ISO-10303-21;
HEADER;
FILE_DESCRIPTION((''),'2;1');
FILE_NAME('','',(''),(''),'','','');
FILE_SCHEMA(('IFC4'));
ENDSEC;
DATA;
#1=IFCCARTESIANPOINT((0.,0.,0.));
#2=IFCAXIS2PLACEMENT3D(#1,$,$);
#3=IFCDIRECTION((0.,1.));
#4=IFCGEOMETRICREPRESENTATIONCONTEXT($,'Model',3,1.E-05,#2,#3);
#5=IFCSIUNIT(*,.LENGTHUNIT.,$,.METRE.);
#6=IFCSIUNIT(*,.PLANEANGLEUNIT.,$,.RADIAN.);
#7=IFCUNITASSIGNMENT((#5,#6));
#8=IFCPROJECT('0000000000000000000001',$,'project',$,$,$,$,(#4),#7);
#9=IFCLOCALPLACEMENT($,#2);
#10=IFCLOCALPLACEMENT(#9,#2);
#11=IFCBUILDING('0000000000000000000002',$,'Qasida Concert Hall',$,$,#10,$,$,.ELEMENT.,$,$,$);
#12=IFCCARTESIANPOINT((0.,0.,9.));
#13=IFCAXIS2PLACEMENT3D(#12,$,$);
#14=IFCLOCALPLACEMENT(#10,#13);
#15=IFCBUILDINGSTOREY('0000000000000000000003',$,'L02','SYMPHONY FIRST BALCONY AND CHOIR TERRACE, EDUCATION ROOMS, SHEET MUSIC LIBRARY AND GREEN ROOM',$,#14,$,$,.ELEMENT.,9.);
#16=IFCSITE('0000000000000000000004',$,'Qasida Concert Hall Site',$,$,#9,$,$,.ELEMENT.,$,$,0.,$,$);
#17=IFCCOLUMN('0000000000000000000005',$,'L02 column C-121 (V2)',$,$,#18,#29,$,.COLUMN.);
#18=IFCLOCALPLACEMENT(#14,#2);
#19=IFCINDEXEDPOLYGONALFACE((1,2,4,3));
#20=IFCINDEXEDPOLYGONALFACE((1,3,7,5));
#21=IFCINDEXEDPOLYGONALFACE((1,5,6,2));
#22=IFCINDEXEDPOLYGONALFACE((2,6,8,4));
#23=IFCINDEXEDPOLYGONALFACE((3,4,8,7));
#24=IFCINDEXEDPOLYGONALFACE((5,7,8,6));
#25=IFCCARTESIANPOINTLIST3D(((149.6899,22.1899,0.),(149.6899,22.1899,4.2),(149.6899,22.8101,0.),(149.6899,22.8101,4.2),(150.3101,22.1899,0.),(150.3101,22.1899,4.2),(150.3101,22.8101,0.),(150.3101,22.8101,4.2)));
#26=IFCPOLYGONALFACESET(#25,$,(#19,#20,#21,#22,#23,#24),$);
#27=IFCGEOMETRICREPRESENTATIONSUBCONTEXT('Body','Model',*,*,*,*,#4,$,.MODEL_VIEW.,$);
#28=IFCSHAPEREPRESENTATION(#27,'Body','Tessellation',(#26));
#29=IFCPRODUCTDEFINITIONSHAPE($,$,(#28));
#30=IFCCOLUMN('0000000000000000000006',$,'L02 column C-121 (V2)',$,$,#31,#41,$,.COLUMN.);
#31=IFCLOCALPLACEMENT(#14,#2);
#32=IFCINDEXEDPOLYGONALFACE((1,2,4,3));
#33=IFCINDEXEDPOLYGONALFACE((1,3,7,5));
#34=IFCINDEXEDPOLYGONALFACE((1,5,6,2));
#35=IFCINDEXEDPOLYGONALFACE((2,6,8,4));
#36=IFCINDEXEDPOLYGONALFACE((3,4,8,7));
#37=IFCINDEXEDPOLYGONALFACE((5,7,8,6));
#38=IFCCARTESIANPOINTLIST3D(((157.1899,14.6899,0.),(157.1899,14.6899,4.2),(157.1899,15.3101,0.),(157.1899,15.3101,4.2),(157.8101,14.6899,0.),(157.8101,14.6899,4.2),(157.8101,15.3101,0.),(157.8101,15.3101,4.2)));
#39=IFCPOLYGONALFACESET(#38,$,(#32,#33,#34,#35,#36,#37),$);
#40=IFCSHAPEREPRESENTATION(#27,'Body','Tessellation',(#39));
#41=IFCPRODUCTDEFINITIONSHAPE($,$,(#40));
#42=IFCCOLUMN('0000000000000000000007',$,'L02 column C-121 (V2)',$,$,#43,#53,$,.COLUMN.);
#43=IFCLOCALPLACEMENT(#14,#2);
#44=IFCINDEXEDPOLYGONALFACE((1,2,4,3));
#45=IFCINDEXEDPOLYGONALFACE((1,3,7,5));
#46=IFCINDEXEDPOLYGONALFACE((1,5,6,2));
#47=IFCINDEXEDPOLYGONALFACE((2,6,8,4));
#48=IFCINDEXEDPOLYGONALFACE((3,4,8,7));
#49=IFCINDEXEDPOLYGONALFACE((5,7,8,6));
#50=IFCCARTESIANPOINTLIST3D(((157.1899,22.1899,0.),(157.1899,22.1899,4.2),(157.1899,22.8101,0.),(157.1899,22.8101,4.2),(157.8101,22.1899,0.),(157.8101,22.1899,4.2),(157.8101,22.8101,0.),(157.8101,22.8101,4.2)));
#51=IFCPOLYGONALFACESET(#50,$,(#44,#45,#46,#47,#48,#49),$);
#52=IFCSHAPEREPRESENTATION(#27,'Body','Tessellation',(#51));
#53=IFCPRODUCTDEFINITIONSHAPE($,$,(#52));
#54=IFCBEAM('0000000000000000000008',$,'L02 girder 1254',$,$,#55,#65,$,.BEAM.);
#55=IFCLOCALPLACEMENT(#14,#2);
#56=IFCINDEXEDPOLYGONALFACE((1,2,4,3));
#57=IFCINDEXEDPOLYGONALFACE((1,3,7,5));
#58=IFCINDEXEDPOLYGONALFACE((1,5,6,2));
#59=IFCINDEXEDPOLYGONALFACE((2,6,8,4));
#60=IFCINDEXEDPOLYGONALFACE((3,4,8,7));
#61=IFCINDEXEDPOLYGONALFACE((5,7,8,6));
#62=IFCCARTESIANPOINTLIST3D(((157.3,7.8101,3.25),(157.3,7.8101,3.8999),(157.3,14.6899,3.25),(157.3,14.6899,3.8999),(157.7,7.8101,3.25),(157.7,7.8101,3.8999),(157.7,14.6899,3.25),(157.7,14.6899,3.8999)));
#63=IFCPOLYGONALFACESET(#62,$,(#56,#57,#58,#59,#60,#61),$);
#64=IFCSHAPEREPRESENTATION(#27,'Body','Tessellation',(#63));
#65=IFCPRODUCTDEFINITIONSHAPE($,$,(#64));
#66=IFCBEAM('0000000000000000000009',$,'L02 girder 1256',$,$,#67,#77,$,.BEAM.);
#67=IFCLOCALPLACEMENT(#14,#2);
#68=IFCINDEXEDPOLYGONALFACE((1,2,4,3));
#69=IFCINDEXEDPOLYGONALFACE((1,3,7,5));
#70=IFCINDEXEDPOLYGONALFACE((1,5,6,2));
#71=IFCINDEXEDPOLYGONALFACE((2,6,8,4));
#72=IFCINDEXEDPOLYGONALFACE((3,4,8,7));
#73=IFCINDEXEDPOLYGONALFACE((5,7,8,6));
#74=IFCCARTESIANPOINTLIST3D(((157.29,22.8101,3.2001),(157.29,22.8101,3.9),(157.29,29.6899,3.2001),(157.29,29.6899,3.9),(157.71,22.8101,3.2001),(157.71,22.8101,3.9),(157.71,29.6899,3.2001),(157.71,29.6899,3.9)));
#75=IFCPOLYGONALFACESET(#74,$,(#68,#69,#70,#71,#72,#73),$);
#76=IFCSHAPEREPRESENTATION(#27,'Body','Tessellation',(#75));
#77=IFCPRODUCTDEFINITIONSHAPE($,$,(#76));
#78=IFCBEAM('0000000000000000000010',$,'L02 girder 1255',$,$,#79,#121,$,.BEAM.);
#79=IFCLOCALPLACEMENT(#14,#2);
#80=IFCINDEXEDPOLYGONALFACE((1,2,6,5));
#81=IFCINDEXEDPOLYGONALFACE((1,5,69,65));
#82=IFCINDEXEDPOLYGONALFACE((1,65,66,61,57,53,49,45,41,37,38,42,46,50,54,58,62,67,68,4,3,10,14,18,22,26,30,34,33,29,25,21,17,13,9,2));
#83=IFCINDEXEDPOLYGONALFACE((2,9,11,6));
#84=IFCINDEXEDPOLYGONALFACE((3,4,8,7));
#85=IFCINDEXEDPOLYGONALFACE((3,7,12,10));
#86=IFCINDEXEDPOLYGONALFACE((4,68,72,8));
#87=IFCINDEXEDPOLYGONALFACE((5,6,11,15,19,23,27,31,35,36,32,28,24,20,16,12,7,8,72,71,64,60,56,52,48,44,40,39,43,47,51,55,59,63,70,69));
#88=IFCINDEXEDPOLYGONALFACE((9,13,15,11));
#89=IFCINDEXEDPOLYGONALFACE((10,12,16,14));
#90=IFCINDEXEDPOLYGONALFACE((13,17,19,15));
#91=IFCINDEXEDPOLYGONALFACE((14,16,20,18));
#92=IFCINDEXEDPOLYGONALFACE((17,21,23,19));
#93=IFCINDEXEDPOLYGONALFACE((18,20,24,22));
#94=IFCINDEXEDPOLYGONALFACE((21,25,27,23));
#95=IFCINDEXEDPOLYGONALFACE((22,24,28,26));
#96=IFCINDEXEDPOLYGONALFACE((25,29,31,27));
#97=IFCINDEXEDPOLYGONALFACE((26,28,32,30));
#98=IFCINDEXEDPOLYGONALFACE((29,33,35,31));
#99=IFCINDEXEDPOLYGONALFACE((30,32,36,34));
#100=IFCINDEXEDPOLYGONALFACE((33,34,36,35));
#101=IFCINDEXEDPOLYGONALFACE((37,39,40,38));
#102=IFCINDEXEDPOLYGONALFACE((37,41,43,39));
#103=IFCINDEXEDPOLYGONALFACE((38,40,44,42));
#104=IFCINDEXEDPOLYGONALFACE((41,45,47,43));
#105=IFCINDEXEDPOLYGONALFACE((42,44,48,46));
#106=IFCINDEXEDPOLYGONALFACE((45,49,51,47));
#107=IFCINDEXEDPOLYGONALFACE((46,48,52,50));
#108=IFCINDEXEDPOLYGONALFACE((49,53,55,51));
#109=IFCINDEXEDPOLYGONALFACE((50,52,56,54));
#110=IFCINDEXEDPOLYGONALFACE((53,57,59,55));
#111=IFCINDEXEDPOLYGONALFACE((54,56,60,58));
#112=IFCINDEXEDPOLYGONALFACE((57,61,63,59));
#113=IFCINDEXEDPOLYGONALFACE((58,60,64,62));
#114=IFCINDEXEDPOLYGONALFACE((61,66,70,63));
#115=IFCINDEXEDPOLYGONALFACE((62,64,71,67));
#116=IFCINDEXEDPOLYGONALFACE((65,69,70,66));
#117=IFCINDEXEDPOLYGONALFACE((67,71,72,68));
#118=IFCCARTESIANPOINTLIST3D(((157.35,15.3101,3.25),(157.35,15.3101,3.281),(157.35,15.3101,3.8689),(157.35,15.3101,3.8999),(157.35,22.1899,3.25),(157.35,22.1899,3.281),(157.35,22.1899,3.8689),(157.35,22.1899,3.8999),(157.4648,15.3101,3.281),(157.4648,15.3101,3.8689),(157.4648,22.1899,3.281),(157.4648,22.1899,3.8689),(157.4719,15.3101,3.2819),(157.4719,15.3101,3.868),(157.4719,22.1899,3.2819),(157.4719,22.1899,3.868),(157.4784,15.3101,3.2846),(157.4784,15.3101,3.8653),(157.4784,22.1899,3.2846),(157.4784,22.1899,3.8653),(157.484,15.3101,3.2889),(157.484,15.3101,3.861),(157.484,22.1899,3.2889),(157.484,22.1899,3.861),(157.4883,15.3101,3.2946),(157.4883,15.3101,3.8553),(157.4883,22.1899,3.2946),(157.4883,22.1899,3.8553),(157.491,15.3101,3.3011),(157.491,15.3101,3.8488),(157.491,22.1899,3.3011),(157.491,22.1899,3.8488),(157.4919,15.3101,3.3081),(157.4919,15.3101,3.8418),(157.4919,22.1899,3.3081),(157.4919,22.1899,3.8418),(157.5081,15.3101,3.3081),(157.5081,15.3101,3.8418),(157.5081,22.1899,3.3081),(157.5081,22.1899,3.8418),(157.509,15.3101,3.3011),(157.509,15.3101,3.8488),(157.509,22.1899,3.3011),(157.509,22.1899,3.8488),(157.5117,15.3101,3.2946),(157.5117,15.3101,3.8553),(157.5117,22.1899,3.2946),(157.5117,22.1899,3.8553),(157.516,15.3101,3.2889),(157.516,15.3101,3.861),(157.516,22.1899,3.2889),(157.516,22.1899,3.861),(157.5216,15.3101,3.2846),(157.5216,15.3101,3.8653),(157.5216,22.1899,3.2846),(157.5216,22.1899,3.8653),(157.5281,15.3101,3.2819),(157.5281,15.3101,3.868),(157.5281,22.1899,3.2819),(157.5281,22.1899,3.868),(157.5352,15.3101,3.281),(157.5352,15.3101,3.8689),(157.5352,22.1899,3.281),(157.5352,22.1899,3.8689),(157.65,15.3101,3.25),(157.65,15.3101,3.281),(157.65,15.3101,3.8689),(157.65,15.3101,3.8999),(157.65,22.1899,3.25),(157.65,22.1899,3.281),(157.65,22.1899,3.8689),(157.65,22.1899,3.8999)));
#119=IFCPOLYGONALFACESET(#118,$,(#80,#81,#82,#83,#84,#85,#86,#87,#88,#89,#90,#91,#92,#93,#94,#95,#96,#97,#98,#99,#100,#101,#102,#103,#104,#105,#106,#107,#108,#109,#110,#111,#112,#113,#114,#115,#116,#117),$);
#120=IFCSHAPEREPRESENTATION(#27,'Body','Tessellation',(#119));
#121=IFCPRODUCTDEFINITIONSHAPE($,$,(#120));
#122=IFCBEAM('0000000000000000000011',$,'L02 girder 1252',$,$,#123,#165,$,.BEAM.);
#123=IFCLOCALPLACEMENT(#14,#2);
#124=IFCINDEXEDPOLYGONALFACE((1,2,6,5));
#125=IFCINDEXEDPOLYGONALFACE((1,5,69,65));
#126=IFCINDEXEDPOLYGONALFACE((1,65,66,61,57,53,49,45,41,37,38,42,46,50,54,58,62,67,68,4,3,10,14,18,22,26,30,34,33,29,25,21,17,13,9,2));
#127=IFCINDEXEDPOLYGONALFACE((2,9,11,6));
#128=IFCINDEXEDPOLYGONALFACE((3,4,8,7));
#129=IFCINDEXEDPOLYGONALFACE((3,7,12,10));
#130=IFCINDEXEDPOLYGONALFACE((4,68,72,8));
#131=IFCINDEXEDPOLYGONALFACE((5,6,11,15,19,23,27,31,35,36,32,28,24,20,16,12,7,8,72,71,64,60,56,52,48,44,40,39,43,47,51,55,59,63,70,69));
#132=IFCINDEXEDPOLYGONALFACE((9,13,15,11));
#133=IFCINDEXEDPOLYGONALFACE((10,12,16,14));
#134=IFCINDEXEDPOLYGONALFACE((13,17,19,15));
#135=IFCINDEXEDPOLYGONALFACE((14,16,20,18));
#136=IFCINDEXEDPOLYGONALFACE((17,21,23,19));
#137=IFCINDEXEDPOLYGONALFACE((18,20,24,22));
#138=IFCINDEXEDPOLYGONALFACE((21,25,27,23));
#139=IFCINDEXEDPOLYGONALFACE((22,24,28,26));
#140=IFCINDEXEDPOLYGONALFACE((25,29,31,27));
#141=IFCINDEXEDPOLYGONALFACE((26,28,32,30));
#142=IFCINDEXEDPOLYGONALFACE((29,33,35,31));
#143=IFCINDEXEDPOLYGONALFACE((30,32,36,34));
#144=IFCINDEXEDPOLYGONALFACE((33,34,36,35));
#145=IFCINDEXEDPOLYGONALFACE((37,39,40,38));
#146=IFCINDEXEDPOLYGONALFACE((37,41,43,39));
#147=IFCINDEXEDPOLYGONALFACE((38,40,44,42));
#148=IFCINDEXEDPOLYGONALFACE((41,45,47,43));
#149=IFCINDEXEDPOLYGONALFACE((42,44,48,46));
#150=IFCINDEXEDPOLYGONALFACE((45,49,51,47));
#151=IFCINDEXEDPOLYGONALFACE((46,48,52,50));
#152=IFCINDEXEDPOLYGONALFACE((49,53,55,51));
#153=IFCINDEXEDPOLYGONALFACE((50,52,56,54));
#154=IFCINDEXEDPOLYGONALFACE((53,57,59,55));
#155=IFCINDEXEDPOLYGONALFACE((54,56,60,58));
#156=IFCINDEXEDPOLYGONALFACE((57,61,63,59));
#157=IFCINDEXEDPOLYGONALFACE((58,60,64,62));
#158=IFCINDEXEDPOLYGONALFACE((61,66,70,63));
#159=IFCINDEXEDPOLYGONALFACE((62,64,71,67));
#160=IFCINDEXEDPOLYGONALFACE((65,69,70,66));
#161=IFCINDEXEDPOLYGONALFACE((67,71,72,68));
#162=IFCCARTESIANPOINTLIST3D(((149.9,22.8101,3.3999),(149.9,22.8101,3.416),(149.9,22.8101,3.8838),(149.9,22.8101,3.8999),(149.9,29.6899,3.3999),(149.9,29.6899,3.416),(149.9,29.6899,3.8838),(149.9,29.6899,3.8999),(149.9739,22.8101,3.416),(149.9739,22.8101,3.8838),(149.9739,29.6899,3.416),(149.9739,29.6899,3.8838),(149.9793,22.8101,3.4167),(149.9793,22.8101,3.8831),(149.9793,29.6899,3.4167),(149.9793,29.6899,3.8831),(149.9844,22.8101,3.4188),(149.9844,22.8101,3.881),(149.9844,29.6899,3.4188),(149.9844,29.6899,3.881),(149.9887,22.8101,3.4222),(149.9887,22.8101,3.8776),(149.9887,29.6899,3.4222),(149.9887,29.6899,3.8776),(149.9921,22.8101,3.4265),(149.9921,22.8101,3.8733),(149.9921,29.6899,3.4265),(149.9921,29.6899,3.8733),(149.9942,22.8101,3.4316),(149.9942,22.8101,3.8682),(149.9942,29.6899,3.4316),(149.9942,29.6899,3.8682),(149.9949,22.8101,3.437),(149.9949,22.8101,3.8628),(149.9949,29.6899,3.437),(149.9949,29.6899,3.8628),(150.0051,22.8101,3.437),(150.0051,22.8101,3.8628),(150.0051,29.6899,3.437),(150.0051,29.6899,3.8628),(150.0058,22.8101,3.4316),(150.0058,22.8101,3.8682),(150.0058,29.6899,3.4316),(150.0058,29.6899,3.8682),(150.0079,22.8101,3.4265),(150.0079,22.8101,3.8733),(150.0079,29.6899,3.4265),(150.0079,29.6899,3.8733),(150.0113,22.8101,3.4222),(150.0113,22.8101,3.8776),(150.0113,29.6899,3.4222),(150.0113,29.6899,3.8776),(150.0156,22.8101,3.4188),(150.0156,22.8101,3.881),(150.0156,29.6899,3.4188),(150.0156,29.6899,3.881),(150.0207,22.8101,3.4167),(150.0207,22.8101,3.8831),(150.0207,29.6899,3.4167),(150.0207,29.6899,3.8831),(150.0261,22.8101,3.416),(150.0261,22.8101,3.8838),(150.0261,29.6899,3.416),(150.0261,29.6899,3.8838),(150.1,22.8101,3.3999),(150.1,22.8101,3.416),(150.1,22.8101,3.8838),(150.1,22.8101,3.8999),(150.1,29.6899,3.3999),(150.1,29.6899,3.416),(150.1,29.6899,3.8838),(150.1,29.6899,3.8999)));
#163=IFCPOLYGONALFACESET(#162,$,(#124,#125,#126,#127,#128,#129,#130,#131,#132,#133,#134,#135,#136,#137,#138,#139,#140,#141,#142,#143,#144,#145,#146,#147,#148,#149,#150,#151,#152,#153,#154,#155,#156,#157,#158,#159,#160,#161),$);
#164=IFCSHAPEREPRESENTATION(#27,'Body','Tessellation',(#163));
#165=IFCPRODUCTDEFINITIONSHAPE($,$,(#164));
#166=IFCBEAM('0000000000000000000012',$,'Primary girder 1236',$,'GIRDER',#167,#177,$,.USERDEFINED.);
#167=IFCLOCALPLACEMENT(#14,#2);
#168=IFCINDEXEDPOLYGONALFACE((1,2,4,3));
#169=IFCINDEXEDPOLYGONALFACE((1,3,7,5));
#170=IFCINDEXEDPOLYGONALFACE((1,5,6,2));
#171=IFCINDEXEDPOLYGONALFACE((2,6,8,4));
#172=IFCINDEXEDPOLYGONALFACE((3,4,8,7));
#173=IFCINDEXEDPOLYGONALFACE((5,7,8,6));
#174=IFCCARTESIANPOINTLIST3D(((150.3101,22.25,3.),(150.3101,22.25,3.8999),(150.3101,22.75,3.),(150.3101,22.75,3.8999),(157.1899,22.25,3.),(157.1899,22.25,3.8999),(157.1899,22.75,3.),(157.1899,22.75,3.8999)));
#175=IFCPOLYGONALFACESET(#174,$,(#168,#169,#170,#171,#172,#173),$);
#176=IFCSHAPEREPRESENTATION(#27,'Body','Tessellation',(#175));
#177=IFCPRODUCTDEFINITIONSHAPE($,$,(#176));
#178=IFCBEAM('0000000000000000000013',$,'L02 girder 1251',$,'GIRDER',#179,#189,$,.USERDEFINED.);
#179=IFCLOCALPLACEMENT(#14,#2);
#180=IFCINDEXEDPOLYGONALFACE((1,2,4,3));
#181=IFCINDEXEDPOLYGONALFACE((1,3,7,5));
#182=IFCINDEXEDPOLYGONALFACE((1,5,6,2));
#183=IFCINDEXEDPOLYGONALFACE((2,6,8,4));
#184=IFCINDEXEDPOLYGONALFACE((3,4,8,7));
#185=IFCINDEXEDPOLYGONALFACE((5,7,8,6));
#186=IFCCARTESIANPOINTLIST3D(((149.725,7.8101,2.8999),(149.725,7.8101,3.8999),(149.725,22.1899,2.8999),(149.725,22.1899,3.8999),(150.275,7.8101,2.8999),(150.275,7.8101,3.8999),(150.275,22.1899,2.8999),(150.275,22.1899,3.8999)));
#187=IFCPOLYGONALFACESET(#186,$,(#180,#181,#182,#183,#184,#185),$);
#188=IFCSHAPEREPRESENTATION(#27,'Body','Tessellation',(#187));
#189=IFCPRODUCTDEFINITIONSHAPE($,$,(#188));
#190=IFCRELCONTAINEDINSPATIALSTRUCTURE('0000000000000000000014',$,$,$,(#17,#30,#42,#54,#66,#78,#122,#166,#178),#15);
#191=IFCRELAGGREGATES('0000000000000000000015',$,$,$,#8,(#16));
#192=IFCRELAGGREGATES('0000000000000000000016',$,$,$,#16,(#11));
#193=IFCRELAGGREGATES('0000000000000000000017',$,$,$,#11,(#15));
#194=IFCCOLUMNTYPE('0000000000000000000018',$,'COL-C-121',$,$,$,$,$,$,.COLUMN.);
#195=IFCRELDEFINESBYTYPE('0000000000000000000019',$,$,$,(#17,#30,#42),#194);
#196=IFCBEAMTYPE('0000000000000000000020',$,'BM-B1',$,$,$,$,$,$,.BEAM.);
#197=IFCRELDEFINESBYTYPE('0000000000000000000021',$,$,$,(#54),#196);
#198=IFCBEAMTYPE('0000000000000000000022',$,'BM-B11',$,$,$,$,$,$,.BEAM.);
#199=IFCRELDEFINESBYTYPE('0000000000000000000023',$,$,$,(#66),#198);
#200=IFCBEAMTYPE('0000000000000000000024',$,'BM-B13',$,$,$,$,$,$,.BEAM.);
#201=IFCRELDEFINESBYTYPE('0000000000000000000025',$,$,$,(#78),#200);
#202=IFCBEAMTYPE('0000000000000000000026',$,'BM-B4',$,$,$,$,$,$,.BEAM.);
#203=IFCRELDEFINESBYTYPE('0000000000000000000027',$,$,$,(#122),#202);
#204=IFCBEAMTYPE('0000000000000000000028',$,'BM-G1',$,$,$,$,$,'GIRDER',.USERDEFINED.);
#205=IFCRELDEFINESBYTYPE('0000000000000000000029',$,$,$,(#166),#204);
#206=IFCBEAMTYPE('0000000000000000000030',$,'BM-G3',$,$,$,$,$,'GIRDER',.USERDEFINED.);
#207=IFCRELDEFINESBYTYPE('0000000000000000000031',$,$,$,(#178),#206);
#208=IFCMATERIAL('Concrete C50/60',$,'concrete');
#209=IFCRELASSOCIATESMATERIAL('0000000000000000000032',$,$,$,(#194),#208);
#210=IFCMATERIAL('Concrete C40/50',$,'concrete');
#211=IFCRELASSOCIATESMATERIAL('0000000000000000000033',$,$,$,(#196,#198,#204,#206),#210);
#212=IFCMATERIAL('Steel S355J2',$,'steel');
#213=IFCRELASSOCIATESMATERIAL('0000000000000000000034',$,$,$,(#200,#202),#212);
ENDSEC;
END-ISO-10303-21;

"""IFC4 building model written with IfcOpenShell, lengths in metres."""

from ifc_helpers import new_model, si_unit, direction, frame, origin, origin_2d, place, context, subcontext, project, spatial, rectangle, i_section, extrude, material, material_profile, profile_set, type_object, element, save


model = new_model("IFC4")

# Units and contexts
model_context = context("Model", 3, precision=1e-05, world=origin(), true_north=direction((0.0, 1.0)))
body_context = subcontext(model_context, "Body", "Model", "MODEL_VIEW")
ifc_project = project(units=[si_unit("LENGTHUNIT", "METRE"), si_unit("PLANEANGLEUNIT", "RADIAN")], contexts=[model_context])

# Site, building, storey
site_placement = place(None, origin())
site = spatial("IfcSite", under=ifc_project, at=site_placement, Name="Qasida Concert Hall Site", CompositionType="ELEMENT", RefElevation=0.0)
building_placement = place(site_placement, origin())
building = spatial("IfcBuilding", under=site, at=building_placement, Name="Qasida Concert Hall", CompositionType="ELEMENT")
storey_placement = place(building_placement, frame((0.0, 0.0, 9.0)))
storey = spatial("IfcBuildingStorey", under=building, at=storey_placement, Name="L02", Description="SYMPHONY FIRST BALCONY AND CHOIR TERRACE, EDUCATION ROOMS, SHEET MUSIC LIBRARY AND GREEN ROOM", CompositionType="ELEMENT", Elevation=9.0)

# Columns
ifc_material_1 = material(Name="Concrete C50/60", Category="concrete")
ifc_material_profile_1 = material_profile(ifc_material_1, rectangle(XDim=0.6201, YDim=0.6201, at=origin_2d()), Name="RC 620x620")
ifc_profile_set_1 = profile_set([ifc_material_profile_1], Name="Concrete C50/60")
column_type = type_object("IfcColumnType", Name="COL-C-121", PredefinedType="COLUMN", material=ifc_profile_set_1)
for number, where, z_axis, x_axis, name in (
    (1, (150.0, 22.5, 0.0), (0.0, 0.0, 1.0), (1.0, 0.0, 0.0), "L02 column C-121 (V2)"),
    (2, (157.5, 15.0, 0.0), (0.0, 0.0, 1.0), (1.0, 0.0, 0.0), "L02 column C-121 (V2)"),
    (3, (157.5, 22.5, 0.0), (0.0, 0.0, 1.0), (1.0, 0.0, 0.0), "L02 column C-121 (V2)"),
):
    element("IfcColumn", number, at=place(storey_placement, frame(where, z_axis=z_axis, x_axis=x_axis)), inside=storey, type_object=column_type, Name=name, PredefinedType="COLUMN", context=body_context, shape_type="SweptSolid", body=[
        extrude(rectangle(XDim=0.6201, YDim=0.6201, at=origin_2d()), origin(), (0.0, 0.0, 1.0), 4.2),
    ])

# Beams
ifc_material_2 = material(Name="Concrete C40/50", Category="concrete")
ifc_material_profile_2 = material_profile(ifc_material_2, rectangle(XDim=0.3999, YDim=0.6499, at=origin_2d()), Name="RC 400x650")
ifc_profile_set_2 = profile_set([ifc_material_profile_2], Name="Concrete C40/50")
beam_type_1 = type_object("IfcBeamType", Name="BM-B1", PredefinedType="BEAM", material=ifc_profile_set_2)
beam_1_placement = place(storey_placement, frame((157.5, 7.8101, 3.575), z_axis=(0.0, 1.0, 0.0), x_axis=(-1.0, 0.0, 0.0)))
element("IfcBeam", 4, at=beam_1_placement, inside=storey, type_object=beam_type_1, Name="L02 girder 1254", PredefinedType="BEAM", context=body_context, shape_type="SweptSolid", body=[
    extrude(rectangle(XDim=0.3999, YDim=0.6499, at=origin_2d()), origin(), (0.0, 0.0, 1.0), 6.8799),
])
ifc_material_profile_3 = material_profile(ifc_material_2, rectangle(XDim=0.4199, YDim=0.7, at=origin_2d()), Name="RC 420x700")
ifc_profile_set_3 = profile_set([ifc_material_profile_3], Name="Concrete C40/50")
beam_type_2 = type_object("IfcBeamType", Name="BM-B11", PredefinedType="BEAM", material=ifc_profile_set_3)
beam_2_placement = place(storey_placement, frame((157.5, 22.8101, 3.55), z_axis=(0.0, 1.0, 0.0), x_axis=(-1.0, 0.0, 0.0)))
element("IfcBeam", 5, at=beam_2_placement, inside=storey, type_object=beam_type_2, Name="L02 girder 1256", PredefinedType="BEAM", context=body_context, shape_type="SweptSolid", body=[
    extrude(rectangle(XDim=0.4199, YDim=0.7, at=origin_2d()), origin(), (0.0, 0.0, 1.0), 6.8799),
])
ifc_material_3 = material(Name="Steel S355J2", Category="steel")
ifc_material_profile_4 = material_profile(ifc_material_3, i_section(OverallWidth=0.3, OverallDepth=0.6499, WebThickness=0.0161, FlangeThickness=0.031, FilletRadius=0.0271, at=origin_2d()), Name="HEB 650")
ifc_profile_set_4 = profile_set([ifc_material_profile_4], Name="Steel S355J2")
beam_type_3 = type_object("IfcBeamType", Name="BM-B13", PredefinedType="BEAM", material=ifc_profile_set_4)
beam_3_placement = place(storey_placement, frame((157.5, 15.3101, 3.575), z_axis=(0.0, 1.0, 0.0), x_axis=(-1.0, 0.0, 0.0)))
element("IfcBeam", 6, at=beam_3_placement, inside=storey, type_object=beam_type_3, Name="L02 girder 1255", PredefinedType="BEAM", context=body_context, shape_type="SweptSolid", body=[
    extrude(i_section(OverallWidth=0.3, OverallDepth=0.6499, WebThickness=0.0161, FlangeThickness=0.031, FilletRadius=0.0271, at=origin_2d()), origin(), (0.0, 0.0, 1.0), 6.8799),
])
ifc_material_profile_5 = material_profile(ifc_material_3, i_section(OverallWidth=0.2, OverallDepth=0.5, WebThickness=0.0103, FlangeThickness=0.0161, FilletRadius=0.021, at=origin_2d()), Name="IPE 500")
ifc_profile_set_5 = profile_set([ifc_material_profile_5], Name="Steel S355J2")
beam_type_4 = type_object("IfcBeamType", Name="BM-B4", PredefinedType="BEAM", material=ifc_profile_set_5)
beam_4_placement = place(storey_placement, frame((150.0, 22.8101, 3.6499), z_axis=(0.0, 1.0, 0.0), x_axis=(-1.0, 0.0, 0.0)))
element("IfcBeam", 7, at=beam_4_placement, inside=storey, type_object=beam_type_4, Name="L02 girder 1252", PredefinedType="BEAM", context=body_context, shape_type="SweptSolid", body=[
    extrude(i_section(OverallWidth=0.2, OverallDepth=0.5, WebThickness=0.0103, FlangeThickness=0.0161, FilletRadius=0.021, at=origin_2d()), origin(), (0.0, 0.0, 1.0), 6.8799),
])
ifc_material_profile_6 = material_profile(ifc_material_2, rectangle(XDim=0.5, YDim=0.8999, at=origin_2d()), Name="RC 500x900")
ifc_profile_set_6 = profile_set([ifc_material_profile_6], Name="Concrete C40/50")
beam_type_5 = type_object("IfcBeamType", Name="BM-G1", ElementType="GIRDER", PredefinedType="USERDEFINED", material=ifc_profile_set_6)
beam_5_placement = place(storey_placement, frame((150.3101, 22.5, 3.45), z_axis=(1.0, 0.0, 0.0), x_axis=(0.0, 1.0, 0.0)))
element("IfcBeam", 8, at=beam_5_placement, inside=storey, type_object=beam_type_5, Name="Primary girder 1236", ObjectType="GIRDER", PredefinedType="USERDEFINED", context=body_context, shape_type="SweptSolid", body=[
    extrude(rectangle(XDim=0.5, YDim=0.8999, at=origin_2d()), origin(), (0.0, 0.0, 1.0), 6.8799),
])
ifc_material_profile_7 = material_profile(ifc_material_2, rectangle(XDim=0.55, YDim=1.0, at=origin_2d()), Name="RC 550x1000")
ifc_profile_set_7 = profile_set([ifc_material_profile_7], Name="Concrete C40/50")
beam_type_6 = type_object("IfcBeamType", Name="BM-G3", ElementType="GIRDER", PredefinedType="USERDEFINED", material=ifc_profile_set_7)
beam_6_placement = place(storey_placement, frame((150.0, 7.8101, 3.3999), z_axis=(0.0, 1.0, 0.0), x_axis=(-1.0, 0.0, 0.0)))
element("IfcBeam", 9, at=beam_6_placement, inside=storey, type_object=beam_type_6, Name="L02 girder 1251", ObjectType="GIRDER", PredefinedType="USERDEFINED", context=body_context, shape_type="SweptSolid", body=[
    extrude(rectangle(XDim=0.55, YDim=1.0, at=origin_2d()), origin(), (0.0, 0.0, 1.0), 14.3799),
])

save(model, "model.ifc")
